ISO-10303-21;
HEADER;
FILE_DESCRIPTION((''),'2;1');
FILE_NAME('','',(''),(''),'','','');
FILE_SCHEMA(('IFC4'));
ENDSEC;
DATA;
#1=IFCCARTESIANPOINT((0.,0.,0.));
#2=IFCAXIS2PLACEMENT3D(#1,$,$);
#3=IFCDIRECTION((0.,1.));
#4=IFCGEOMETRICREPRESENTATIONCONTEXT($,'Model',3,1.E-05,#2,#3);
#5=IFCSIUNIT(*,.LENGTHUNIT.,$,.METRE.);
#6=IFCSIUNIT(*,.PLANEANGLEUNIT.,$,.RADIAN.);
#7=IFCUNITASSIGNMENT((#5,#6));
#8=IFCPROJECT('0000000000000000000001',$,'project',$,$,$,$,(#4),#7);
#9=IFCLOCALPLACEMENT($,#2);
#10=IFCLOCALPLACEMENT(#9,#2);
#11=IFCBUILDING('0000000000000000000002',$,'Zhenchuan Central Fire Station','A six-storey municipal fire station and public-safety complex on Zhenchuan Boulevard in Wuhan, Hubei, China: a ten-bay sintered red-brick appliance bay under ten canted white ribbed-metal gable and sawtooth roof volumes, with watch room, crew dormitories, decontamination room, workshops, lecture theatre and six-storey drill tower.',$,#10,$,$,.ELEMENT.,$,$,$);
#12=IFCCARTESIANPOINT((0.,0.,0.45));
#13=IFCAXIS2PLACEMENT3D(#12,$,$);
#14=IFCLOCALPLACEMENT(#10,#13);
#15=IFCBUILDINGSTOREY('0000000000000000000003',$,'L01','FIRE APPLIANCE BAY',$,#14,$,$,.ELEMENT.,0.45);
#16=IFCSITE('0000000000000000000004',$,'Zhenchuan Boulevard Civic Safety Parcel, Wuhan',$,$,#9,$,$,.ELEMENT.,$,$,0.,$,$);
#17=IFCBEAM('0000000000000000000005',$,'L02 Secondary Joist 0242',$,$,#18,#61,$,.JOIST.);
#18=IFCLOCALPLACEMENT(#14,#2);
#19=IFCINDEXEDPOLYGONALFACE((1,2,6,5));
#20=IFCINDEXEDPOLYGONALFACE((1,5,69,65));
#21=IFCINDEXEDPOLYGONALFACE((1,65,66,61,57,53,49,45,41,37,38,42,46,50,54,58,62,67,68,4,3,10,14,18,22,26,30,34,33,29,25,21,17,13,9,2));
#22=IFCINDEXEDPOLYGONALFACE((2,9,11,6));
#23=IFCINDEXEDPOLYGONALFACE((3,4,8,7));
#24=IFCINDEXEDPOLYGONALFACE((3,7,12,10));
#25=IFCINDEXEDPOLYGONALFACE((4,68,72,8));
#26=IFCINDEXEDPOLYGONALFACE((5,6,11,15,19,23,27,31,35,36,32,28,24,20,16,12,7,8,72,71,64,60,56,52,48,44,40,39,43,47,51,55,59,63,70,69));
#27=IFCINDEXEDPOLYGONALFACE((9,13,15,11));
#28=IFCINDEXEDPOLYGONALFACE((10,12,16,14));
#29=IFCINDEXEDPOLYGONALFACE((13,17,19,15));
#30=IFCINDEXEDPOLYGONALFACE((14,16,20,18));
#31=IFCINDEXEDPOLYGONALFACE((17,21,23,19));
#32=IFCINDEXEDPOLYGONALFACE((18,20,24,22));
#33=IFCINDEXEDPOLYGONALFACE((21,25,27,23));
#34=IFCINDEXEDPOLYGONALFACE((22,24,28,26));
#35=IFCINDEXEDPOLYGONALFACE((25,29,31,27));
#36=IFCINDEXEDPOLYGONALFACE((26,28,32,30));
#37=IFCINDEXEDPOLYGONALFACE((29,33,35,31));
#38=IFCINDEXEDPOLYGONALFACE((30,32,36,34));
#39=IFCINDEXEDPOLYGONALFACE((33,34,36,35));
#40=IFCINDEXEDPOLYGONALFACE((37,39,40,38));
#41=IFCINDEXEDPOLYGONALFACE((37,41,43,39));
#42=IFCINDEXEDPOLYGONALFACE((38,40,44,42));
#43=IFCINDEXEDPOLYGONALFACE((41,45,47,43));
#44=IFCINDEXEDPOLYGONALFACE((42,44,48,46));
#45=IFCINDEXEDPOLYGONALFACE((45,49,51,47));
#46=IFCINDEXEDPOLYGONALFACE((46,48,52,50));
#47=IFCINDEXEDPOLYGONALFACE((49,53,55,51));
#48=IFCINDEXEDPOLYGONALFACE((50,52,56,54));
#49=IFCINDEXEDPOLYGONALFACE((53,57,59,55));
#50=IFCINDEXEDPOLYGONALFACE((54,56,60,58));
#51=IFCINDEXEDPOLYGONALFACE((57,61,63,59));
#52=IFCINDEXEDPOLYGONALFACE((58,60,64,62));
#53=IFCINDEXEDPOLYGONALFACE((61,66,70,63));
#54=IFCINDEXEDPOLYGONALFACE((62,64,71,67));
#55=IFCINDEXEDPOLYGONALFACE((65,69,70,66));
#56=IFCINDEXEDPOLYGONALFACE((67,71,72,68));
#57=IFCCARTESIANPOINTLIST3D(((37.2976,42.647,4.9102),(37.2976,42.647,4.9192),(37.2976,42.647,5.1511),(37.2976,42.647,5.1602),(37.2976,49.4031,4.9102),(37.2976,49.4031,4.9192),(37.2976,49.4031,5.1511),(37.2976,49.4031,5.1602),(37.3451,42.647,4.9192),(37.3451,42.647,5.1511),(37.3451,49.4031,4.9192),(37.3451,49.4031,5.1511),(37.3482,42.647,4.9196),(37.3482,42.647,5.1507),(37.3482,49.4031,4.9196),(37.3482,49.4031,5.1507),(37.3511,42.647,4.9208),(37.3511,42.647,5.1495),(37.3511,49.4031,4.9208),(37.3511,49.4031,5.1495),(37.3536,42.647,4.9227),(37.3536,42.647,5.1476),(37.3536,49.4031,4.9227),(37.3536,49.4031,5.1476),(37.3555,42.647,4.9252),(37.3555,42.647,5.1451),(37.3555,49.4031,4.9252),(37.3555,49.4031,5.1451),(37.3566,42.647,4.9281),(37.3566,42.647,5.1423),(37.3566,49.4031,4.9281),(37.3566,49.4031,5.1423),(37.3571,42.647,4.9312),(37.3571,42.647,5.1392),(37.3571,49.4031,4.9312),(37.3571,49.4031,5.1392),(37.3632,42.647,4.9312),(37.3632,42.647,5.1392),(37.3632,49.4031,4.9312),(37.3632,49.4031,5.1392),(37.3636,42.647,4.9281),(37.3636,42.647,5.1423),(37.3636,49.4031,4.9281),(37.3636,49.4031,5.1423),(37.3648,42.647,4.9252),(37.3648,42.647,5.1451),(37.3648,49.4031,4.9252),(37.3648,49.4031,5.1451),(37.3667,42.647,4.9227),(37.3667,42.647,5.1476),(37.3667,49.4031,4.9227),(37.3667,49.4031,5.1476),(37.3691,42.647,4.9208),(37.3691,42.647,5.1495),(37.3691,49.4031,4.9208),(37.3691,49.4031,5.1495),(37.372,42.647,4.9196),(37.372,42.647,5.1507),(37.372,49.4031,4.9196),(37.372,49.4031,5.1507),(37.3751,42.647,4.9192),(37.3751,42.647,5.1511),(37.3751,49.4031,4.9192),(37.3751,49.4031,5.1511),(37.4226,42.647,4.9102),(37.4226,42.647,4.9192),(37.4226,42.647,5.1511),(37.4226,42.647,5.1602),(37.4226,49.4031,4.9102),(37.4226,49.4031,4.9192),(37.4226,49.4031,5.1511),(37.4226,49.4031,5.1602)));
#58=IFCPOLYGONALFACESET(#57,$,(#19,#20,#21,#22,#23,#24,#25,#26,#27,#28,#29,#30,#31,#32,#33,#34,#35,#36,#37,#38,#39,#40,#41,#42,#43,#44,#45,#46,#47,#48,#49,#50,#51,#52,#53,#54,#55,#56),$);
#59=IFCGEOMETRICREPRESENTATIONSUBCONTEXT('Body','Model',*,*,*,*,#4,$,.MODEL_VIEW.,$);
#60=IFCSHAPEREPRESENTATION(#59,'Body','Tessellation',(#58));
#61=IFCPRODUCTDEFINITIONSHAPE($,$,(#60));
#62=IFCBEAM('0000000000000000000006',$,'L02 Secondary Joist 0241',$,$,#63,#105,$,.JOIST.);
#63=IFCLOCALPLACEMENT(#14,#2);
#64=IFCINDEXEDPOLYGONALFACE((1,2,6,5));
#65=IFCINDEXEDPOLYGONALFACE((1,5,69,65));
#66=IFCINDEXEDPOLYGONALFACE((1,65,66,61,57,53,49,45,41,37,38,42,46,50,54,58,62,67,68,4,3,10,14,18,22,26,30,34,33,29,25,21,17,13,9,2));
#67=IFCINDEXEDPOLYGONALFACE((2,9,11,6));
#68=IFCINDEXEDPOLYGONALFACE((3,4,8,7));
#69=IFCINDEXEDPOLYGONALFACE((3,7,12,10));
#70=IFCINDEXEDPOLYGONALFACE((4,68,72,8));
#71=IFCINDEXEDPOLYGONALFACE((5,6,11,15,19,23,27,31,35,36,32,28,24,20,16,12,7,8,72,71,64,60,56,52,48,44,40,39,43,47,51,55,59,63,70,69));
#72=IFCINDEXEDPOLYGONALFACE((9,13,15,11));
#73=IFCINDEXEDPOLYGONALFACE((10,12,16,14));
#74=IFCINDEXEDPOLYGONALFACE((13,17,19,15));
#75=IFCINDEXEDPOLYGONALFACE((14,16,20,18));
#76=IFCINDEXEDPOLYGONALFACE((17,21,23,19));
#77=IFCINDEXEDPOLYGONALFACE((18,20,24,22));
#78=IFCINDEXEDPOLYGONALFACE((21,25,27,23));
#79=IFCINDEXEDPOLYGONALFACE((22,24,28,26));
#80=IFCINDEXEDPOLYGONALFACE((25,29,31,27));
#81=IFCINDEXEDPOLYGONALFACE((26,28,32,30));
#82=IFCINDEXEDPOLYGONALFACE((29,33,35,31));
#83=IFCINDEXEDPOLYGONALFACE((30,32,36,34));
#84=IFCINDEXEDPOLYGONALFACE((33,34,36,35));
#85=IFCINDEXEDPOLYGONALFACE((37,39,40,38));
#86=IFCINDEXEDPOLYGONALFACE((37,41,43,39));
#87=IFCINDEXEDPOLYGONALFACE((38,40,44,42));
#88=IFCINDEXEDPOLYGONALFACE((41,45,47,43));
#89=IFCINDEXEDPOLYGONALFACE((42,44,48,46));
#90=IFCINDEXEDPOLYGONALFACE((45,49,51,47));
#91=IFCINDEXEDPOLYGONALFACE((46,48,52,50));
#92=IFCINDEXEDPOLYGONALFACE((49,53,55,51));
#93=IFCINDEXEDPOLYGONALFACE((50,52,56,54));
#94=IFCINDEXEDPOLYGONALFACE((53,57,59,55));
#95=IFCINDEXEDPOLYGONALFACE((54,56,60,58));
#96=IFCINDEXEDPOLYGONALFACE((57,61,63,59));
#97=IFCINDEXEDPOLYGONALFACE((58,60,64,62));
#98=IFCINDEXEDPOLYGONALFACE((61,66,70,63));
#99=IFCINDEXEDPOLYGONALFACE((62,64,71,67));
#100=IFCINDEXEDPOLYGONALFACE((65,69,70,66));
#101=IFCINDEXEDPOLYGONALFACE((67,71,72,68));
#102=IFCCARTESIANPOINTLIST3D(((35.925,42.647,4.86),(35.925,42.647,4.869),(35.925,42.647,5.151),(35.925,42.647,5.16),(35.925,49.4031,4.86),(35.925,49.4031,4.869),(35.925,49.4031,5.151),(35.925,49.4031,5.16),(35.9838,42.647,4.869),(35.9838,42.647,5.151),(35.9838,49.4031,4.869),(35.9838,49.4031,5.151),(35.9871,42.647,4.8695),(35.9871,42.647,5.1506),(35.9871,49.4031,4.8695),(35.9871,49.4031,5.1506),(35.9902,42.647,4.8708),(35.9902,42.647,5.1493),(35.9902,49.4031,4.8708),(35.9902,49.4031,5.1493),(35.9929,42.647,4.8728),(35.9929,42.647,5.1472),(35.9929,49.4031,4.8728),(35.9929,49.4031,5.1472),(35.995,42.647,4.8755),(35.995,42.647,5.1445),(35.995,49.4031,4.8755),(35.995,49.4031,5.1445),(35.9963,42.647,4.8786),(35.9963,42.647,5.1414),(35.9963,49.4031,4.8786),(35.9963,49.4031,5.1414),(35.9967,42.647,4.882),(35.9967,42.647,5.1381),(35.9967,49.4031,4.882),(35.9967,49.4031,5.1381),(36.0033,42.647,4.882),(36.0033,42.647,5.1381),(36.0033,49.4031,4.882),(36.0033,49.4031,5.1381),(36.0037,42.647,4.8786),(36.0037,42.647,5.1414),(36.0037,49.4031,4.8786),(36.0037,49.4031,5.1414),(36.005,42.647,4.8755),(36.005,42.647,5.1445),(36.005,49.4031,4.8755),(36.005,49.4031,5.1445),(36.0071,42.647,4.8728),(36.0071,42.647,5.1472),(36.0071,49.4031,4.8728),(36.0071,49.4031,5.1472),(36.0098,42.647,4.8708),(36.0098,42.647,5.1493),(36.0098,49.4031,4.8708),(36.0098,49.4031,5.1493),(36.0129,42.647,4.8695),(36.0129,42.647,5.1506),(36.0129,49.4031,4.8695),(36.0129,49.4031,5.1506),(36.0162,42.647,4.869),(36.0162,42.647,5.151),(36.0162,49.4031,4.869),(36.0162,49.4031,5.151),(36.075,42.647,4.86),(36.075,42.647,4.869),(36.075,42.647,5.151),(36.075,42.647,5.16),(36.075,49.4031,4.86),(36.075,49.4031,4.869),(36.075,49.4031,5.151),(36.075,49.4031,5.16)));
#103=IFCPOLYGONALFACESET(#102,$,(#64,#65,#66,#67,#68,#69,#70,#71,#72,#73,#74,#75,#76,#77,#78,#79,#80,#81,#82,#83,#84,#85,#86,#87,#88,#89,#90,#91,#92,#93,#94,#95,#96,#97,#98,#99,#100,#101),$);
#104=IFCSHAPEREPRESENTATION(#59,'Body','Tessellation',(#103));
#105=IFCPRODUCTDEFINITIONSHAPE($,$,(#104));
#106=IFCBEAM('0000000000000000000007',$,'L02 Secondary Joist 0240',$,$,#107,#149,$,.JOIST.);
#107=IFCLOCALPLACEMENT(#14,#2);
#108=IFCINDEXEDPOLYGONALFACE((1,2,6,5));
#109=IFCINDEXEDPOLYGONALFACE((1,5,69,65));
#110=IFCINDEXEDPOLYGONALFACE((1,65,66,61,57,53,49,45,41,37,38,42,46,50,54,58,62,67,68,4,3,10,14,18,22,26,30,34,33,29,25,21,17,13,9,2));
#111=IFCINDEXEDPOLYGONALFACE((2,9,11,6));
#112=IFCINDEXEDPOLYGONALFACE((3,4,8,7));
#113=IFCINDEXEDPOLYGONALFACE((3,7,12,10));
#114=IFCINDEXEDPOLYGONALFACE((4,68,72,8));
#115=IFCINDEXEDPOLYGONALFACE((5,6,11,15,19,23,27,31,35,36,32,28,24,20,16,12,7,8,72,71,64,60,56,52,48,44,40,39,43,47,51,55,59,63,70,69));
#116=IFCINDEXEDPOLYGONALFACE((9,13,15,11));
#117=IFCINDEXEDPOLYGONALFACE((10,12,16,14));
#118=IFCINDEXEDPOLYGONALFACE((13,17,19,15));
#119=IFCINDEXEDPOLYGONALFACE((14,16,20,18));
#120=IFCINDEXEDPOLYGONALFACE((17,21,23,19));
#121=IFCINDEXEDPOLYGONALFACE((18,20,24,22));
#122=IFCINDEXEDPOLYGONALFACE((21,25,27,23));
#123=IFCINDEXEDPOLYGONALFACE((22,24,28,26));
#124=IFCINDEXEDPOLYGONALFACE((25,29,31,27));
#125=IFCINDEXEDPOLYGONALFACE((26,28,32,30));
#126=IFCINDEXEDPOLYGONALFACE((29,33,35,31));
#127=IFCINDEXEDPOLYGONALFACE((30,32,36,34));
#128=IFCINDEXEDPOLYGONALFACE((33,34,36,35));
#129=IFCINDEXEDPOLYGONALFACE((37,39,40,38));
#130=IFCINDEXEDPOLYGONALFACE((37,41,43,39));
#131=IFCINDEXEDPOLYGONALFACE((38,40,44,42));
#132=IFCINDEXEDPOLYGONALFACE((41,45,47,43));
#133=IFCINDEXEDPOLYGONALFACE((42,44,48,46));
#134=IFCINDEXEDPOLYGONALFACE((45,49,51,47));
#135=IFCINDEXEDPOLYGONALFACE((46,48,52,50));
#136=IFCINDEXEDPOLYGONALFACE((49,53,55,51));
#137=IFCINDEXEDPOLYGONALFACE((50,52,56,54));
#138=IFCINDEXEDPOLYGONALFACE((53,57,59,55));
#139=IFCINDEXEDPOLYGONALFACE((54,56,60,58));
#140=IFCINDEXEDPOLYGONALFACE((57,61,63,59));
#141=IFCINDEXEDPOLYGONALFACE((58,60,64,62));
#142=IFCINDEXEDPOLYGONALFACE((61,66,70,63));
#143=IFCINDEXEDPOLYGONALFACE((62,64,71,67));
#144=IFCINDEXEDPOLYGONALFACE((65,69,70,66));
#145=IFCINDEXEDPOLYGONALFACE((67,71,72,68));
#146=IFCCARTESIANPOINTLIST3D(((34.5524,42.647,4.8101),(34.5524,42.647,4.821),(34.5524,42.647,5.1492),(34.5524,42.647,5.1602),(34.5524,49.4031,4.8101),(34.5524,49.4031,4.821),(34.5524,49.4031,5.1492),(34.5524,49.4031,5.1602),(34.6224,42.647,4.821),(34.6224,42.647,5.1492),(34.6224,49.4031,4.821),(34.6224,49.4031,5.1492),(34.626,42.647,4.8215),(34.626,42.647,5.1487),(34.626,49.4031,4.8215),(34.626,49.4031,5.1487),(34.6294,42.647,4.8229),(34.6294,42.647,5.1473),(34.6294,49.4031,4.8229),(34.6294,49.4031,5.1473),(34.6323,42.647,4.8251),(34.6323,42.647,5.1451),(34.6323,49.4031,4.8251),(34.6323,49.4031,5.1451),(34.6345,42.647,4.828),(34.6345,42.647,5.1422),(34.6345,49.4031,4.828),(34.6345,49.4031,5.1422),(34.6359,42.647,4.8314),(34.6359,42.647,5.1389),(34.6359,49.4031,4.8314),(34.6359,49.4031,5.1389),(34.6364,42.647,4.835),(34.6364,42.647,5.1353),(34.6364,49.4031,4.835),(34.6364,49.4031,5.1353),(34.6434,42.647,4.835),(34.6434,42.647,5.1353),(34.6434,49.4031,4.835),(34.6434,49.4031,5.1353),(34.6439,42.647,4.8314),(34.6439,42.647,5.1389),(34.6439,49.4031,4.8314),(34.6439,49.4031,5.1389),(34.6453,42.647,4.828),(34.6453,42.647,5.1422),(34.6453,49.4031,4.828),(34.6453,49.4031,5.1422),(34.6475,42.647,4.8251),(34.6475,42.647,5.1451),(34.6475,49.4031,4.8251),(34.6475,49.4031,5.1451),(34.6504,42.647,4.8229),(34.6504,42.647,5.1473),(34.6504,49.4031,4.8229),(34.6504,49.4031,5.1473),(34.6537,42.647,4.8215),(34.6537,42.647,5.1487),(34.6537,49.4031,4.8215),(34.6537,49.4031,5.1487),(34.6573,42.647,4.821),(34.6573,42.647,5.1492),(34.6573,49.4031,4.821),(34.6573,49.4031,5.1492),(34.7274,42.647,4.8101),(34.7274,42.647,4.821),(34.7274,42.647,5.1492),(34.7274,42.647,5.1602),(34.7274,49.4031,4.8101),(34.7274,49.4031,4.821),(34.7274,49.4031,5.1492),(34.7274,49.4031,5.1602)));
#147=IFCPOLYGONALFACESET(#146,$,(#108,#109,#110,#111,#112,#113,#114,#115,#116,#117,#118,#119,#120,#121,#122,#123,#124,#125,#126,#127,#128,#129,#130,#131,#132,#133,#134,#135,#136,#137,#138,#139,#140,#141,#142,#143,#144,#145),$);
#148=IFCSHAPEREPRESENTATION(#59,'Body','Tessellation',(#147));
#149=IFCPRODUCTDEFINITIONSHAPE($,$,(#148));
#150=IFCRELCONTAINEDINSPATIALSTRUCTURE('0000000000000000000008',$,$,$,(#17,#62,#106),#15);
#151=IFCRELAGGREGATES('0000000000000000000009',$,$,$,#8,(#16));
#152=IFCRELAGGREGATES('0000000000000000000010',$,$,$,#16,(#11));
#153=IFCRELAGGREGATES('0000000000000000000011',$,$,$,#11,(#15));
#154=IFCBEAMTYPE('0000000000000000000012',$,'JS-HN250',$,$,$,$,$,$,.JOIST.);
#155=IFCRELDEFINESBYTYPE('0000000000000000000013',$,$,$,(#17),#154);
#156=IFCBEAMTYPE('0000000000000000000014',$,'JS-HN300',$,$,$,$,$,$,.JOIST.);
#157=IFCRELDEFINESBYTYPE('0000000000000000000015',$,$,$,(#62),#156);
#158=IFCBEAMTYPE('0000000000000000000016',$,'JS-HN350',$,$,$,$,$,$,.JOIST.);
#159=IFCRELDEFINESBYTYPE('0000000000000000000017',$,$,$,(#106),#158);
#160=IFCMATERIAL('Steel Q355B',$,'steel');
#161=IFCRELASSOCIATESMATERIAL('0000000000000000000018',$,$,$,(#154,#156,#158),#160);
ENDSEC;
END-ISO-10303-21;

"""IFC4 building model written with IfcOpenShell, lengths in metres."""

from ifc_helpers import new_model, si_unit, direction, frame, origin, origin_2d, place, context, subcontext, project, spatial, i_section, extrude, material, material_profile, profile_set, type_object, element, save


model = new_model("IFC4")

# Units and contexts
model_context = context("Model", 3, precision=1e-05, world=origin(), true_north=direction((0.0, 1.0)))
body_context = subcontext(model_context, "Body", "Model", "MODEL_VIEW")
ifc_project = project(units=[si_unit("LENGTHUNIT", "METRE"), si_unit("PLANEANGLEUNIT", "RADIAN")], contexts=[model_context])

# Site, building, storey
site_placement = place(None, origin())
site = spatial("IfcSite", under=ifc_project, at=site_placement, Name="Zhenchuan Boulevard Civic Safety Parcel, Wuhan", CompositionType="ELEMENT", RefElevation=0.0)
building_placement = place(site_placement, origin())
building = spatial("IfcBuilding", under=site, at=building_placement, Name="Zhenchuan Central Fire Station", Description="A six-storey municipal fire station and public-safety complex on Zhenchuan Boulevard in Wuhan, Hubei, China: a ten-bay sintered red-brick appliance bay under ten canted white ribbed-metal gable and sawtooth roof volumes, with watch room, crew dormitories, decontamination room, workshops, lecture theatre and six-storey drill tower.", CompositionType="ELEMENT")
storey_placement = place(building_placement, frame((0.0, 0.0, 0.45)))
storey = spatial("IfcBuildingStorey", under=building, at=storey_placement, Name="L01", Description="FIRE APPLIANCE BAY", CompositionType="ELEMENT", Elevation=0.45)

# Shared definitions
ifc_material_1 = material(Name="Steel Q355B", Category="steel")

# Beams
ifc_material_profile_1 = material_profile(ifc_material_1, i_section(OverallWidth=0.125, OverallDepth=0.25, WebThickness=0.0061, FlangeThickness=0.009, FilletRadius=0.012, at=origin_2d()), Name="HN 250x125")
ifc_profile_set_1 = profile_set([ifc_material_profile_1], Name="Steel Q355B")
beam_type_1 = type_object("IfcBeamType", Name="JS-HN250", PredefinedType="JOIST", material=ifc_profile_set_1)
beam_1_placement = place(storey_placement, frame((37.3601, 42.647, 5.0352), z_axis=(0.0, 1.0, 0.0), x_axis=(-1.0, 0.0, 0.0)))
element("IfcBeam", 1, at=beam_1_placement, inside=storey, type_object=beam_type_1, Name="L02 Secondary Joist 0242", PredefinedType="JOIST", context=body_context, shape_type="SweptSolid", body=[
    extrude(i_section(OverallWidth=0.125, OverallDepth=0.25, WebThickness=0.0061, FlangeThickness=0.009, FilletRadius=0.012, at=origin_2d()), origin(), (0.0, 0.0, 1.0), 6.7561),
])
ifc_material_profile_2 = material_profile(ifc_material_1, i_section(OverallWidth=0.1499, OverallDepth=0.3, WebThickness=0.0066, FlangeThickness=0.009, FilletRadius=0.0129, at=origin_2d()), Name="HN 300x150")
ifc_profile_set_2 = profile_set([ifc_material_profile_2], Name="Steel Q355B")
beam_type_2 = type_object("IfcBeamType", Name="JS-HN300", PredefinedType="JOIST", material=ifc_profile_set_2)
beam_2_placement = place(storey_placement, frame((36.0, 42.647, 5.01), z_axis=(0.0, 1.0, 0.0), x_axis=(-1.0, 0.0, 0.0)))
element("IfcBeam", 2, at=beam_2_placement, inside=storey, type_object=beam_type_2, Name="L02 Secondary Joist 0241", PredefinedType="JOIST", context=body_context, shape_type="SweptSolid", body=[
    extrude(i_section(OverallWidth=0.1499, OverallDepth=0.3, WebThickness=0.0066, FlangeThickness=0.009, FilletRadius=0.0129, at=origin_2d()), origin(), (0.0, 0.0, 1.0), 6.7561),
])
ifc_material_profile_3 = material_profile(ifc_material_1, i_section(OverallWidth=0.175, OverallDepth=0.3501, WebThickness=0.0071, FlangeThickness=0.011, FilletRadius=0.0139, at=origin_2d()), Name="HN 350x175")
ifc_profile_set_3 = profile_set([ifc_material_profile_3], Name="Steel Q355B")
beam_type_3 = type_object("IfcBeamType", Name="JS-HN350", PredefinedType="JOIST", material=ifc_profile_set_3)
beam_3_placement = place(storey_placement, frame((34.6399, 42.647, 4.9851), z_axis=(0.0, 1.0, 0.0), x_axis=(-1.0, 0.0, 0.0)))
element("IfcBeam", 3, at=beam_3_placement, inside=storey, type_object=beam_type_3, Name="L02 Secondary Joist 0240", PredefinedType="JOIST", context=body_context, shape_type="SweptSolid", body=[
    extrude(i_section(OverallWidth=0.175, OverallDepth=0.3501, WebThickness=0.0071, FlangeThickness=0.011, FilletRadius=0.0139, at=origin_2d()), origin(), (0.0, 0.0, 1.0), 6.7561),
])

save(model, "model.ifc")
